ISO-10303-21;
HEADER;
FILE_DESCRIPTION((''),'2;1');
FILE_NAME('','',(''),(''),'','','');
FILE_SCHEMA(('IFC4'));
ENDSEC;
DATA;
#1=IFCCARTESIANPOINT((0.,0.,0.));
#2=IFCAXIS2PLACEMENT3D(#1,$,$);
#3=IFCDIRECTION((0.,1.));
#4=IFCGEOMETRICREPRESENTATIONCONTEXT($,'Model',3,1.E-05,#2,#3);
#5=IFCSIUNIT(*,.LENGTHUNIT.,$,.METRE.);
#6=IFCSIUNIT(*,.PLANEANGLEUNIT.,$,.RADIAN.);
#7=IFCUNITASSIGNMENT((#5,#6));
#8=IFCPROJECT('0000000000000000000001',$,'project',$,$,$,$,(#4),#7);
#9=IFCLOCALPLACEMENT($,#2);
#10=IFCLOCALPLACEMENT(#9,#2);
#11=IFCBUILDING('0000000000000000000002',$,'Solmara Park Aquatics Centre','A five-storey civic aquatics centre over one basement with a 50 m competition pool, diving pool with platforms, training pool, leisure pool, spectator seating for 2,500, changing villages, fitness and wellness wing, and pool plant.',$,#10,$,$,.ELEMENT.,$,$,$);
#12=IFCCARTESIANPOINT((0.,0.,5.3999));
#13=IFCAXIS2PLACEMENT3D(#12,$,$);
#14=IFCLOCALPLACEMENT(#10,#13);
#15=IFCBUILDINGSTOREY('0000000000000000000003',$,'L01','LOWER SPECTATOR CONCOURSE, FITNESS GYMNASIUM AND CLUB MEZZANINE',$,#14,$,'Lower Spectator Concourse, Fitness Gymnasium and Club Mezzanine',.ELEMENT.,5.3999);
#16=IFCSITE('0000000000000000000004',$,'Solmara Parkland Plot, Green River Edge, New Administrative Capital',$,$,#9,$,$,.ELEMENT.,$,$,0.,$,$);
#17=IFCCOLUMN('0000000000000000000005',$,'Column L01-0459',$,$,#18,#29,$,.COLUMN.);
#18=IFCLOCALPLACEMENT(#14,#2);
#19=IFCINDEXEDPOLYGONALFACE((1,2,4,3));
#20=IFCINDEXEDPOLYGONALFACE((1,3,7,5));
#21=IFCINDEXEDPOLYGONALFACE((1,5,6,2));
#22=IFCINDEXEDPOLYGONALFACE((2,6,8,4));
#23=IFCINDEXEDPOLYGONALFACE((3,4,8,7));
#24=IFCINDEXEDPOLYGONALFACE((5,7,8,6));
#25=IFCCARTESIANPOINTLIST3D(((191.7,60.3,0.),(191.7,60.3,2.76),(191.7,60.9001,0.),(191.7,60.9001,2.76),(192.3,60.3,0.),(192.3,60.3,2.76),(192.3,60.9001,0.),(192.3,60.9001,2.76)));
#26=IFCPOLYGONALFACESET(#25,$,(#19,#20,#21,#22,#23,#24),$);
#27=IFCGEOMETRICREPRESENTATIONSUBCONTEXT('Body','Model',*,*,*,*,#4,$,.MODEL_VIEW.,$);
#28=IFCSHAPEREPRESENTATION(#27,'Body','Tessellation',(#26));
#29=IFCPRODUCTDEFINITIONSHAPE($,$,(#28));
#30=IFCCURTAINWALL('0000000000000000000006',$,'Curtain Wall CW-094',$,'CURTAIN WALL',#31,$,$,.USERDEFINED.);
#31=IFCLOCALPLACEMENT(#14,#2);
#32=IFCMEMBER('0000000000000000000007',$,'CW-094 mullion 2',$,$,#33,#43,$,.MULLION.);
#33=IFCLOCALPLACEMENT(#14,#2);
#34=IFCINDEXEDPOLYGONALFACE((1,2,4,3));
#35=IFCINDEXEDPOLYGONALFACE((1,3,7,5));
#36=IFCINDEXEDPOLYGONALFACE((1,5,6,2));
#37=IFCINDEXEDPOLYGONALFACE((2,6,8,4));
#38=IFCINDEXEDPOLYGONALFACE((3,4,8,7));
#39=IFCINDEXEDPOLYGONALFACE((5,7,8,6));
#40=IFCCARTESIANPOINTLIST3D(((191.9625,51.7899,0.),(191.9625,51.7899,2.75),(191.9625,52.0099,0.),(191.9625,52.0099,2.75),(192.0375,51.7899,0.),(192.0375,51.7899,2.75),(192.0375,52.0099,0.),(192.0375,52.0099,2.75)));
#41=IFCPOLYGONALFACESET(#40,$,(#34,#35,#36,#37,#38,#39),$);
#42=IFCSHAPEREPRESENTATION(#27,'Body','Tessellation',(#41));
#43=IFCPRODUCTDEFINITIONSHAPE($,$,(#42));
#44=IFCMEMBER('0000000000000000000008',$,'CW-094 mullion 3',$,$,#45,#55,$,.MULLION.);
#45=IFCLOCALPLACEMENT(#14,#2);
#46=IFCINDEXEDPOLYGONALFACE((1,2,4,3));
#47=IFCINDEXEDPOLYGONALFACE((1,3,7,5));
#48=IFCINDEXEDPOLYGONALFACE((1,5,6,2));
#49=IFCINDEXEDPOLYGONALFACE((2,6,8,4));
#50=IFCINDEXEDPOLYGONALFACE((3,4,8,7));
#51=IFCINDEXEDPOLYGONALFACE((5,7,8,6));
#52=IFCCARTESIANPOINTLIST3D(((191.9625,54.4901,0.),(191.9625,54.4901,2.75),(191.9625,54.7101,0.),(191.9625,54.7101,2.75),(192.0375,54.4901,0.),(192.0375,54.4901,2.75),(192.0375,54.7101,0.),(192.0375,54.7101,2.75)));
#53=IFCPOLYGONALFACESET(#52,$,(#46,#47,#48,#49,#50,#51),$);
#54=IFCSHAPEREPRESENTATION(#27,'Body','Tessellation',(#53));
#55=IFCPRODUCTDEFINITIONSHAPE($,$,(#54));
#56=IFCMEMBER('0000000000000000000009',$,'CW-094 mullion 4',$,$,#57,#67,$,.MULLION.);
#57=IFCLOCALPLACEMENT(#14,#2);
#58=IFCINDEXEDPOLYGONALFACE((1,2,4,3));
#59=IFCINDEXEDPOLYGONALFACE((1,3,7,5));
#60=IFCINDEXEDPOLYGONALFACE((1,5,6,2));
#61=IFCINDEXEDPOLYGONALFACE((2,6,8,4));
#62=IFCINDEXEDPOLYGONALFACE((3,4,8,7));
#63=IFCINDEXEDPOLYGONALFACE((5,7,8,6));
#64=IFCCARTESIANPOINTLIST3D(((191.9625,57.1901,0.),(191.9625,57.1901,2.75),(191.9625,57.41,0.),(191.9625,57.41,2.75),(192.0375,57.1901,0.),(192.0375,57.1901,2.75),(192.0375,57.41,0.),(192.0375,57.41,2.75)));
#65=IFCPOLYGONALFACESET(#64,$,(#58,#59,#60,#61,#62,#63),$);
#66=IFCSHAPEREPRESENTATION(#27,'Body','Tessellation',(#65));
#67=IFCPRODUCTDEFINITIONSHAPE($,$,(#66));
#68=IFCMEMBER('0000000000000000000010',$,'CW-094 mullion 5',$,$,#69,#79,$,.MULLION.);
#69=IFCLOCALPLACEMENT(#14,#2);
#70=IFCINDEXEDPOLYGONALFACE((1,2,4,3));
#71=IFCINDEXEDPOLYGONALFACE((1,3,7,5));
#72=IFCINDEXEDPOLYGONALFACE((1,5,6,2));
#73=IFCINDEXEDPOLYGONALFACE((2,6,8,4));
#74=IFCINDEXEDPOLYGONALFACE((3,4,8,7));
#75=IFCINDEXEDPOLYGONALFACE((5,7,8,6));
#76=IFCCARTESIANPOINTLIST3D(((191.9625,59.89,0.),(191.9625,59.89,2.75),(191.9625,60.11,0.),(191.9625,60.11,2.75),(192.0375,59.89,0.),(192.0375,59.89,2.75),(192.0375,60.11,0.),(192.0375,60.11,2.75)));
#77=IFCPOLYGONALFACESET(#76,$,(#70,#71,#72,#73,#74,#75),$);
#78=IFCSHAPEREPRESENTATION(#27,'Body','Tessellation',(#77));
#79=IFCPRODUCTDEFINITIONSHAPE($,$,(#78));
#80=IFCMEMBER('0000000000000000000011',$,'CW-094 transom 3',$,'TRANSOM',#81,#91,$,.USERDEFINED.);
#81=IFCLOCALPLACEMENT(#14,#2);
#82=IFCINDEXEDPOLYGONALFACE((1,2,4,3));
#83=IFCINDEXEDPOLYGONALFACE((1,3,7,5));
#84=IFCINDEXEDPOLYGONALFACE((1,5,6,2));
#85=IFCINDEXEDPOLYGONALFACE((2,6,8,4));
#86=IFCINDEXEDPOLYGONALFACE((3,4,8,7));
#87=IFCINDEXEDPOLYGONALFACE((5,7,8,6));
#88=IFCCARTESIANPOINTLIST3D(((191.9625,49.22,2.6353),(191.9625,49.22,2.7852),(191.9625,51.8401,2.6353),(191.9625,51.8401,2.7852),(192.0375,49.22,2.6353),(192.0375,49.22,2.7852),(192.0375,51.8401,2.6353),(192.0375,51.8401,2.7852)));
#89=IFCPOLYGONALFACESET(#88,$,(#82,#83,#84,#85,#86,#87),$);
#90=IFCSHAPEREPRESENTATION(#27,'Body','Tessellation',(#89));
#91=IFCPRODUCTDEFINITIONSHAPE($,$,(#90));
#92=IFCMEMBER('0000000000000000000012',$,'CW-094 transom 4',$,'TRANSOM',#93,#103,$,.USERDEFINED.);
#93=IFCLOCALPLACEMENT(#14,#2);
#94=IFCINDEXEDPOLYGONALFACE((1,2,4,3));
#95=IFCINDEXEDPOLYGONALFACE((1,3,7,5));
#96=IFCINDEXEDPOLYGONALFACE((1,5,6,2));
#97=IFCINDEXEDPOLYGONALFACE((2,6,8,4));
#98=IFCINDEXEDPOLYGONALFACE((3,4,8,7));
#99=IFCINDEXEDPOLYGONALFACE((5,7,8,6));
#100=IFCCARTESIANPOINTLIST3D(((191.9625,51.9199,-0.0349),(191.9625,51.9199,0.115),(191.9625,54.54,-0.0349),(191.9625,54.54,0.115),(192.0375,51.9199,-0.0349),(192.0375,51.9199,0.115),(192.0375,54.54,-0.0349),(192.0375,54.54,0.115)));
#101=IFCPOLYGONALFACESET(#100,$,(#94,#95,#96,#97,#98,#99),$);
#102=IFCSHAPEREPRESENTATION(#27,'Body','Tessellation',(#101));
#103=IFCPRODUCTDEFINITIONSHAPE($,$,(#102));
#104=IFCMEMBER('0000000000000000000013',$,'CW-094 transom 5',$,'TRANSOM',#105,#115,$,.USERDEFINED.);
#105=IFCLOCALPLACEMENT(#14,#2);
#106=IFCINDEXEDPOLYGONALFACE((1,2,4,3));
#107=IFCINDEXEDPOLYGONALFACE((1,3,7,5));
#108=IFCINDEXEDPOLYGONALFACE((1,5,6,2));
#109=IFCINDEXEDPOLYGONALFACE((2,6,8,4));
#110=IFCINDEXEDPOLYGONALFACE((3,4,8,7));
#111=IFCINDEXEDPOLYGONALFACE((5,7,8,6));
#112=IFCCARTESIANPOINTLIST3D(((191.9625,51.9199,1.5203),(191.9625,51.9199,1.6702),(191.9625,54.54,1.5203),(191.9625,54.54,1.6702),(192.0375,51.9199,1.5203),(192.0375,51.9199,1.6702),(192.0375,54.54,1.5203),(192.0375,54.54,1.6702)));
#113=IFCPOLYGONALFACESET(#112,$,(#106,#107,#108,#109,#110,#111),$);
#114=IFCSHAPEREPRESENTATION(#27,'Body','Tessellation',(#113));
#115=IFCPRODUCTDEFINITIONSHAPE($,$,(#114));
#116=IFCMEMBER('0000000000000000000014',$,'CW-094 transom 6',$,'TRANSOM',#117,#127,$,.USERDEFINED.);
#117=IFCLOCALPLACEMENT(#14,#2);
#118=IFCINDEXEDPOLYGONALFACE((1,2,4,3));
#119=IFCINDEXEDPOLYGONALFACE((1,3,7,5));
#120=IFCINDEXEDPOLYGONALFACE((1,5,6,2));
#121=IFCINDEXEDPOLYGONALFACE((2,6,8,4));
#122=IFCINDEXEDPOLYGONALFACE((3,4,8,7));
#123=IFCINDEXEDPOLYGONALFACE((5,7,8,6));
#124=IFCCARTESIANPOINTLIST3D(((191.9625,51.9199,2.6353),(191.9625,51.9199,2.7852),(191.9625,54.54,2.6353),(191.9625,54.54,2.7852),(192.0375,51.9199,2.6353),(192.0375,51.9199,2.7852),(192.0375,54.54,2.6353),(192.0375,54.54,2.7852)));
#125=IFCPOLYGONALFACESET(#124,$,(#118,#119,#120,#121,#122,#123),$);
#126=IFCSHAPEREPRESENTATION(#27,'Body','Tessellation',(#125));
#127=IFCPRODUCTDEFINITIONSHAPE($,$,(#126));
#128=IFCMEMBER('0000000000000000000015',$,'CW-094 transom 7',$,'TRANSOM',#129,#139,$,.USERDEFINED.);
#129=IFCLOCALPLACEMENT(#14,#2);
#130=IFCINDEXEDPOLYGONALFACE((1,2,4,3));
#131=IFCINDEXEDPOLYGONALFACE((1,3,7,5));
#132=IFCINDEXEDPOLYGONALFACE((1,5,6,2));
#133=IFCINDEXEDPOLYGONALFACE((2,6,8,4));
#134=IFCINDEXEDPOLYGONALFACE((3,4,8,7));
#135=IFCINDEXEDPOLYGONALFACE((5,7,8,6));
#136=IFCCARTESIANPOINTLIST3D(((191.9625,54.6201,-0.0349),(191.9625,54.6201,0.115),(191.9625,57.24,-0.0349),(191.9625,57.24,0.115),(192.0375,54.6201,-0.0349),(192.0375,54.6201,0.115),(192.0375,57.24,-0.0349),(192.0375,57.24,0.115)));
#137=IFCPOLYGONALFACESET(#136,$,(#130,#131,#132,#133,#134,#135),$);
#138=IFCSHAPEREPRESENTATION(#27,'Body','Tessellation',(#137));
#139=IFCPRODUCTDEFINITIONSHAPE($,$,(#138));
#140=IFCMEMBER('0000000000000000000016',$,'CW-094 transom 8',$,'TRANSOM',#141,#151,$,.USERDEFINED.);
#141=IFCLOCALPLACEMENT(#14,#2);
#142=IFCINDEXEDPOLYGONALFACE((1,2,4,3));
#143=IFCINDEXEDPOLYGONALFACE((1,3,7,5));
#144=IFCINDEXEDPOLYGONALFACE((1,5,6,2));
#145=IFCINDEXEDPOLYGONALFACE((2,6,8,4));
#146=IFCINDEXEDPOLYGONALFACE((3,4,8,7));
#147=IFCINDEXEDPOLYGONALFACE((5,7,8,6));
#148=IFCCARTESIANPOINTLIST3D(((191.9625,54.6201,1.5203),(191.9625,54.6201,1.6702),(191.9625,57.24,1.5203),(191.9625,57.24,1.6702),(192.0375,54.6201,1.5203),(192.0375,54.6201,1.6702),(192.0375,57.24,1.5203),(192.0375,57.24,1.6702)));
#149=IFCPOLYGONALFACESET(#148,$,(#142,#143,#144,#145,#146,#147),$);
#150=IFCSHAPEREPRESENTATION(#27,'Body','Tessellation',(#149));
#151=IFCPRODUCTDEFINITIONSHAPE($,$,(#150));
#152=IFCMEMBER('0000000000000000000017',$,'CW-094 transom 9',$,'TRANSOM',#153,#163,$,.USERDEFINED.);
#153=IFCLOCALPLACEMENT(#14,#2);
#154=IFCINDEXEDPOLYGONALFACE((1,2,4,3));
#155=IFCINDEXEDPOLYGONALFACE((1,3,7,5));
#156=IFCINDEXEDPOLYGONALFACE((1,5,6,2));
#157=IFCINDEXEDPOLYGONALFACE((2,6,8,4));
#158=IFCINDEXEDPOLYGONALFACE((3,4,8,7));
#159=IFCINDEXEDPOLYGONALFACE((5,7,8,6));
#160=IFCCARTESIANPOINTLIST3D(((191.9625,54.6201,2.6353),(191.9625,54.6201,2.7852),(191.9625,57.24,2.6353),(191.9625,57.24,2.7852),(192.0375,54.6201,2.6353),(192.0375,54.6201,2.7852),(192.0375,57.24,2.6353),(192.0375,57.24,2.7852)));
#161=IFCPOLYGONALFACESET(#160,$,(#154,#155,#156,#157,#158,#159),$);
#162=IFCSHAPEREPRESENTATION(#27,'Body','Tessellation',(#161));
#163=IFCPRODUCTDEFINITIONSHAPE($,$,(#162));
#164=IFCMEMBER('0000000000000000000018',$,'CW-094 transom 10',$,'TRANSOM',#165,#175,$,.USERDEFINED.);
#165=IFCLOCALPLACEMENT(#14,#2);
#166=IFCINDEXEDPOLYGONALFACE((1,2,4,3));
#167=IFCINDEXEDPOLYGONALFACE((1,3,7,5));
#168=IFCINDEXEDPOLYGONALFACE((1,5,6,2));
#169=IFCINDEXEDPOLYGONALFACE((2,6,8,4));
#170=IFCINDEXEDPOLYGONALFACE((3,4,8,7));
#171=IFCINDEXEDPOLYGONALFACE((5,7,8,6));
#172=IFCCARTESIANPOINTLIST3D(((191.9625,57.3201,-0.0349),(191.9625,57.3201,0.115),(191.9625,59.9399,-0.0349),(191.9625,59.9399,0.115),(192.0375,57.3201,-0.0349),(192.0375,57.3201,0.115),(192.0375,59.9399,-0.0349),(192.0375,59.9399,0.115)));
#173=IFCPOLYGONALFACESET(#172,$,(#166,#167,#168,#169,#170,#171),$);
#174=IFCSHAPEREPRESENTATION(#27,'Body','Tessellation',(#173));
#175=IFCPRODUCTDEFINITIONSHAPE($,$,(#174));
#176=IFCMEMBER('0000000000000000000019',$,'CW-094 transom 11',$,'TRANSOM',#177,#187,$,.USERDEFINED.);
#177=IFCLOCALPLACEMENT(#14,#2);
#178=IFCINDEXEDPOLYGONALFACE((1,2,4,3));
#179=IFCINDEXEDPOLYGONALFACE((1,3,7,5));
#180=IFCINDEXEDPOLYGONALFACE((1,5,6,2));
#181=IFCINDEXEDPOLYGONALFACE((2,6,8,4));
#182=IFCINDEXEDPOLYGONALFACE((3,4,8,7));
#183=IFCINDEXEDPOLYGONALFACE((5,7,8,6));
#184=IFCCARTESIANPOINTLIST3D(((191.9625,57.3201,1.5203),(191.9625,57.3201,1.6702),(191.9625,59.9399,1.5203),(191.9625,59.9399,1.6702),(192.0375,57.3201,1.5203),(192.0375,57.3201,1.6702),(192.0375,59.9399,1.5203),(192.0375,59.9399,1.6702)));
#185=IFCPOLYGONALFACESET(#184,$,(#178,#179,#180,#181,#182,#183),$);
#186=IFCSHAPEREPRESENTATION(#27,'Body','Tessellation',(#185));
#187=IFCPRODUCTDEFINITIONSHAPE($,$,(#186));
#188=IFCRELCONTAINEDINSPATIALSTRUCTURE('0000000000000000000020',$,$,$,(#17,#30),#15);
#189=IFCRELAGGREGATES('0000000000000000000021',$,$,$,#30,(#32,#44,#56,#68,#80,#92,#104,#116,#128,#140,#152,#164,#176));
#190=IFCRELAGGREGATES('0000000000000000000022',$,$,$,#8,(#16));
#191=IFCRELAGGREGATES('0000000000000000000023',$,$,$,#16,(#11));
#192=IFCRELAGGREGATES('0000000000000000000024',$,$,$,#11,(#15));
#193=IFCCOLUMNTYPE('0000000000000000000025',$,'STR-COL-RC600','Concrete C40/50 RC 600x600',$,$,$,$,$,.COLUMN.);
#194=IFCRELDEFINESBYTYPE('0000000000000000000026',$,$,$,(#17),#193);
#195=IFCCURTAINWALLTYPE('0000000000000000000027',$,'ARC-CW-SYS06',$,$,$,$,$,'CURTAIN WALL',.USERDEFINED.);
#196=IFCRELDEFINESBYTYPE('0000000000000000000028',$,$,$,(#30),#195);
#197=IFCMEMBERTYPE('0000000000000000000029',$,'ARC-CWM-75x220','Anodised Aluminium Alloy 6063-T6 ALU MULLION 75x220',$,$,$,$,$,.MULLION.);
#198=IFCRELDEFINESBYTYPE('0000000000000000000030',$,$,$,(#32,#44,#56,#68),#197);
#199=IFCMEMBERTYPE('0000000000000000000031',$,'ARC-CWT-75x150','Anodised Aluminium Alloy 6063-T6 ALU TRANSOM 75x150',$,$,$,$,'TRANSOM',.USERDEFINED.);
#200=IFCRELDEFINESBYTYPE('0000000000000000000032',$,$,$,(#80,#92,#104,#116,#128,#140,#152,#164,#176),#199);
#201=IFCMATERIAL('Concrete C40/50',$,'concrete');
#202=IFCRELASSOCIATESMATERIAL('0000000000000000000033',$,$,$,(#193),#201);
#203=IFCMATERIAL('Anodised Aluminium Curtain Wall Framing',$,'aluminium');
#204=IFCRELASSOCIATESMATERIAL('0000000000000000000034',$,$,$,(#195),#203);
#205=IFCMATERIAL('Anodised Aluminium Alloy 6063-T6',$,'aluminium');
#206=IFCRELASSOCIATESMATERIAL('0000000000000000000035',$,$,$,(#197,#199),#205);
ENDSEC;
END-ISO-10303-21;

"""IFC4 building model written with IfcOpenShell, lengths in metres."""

from ifc_helpers import new_model, si_unit, direction, frame, origin, origin_2d, place, context, subcontext, project, spatial, rectangle, extrude, material, material_profile, profile_set, type_object, element, aggregate, save


model = new_model("IFC4")

# Units and contexts
model_context = context("Model", 3, precision=1e-05, world=origin(), true_north=direction((0.0, 1.0)))
body_context = subcontext(model_context, "Body", "Model", "MODEL_VIEW")
ifc_project = project(units=[si_unit("LENGTHUNIT", "METRE"), si_unit("PLANEANGLEUNIT", "RADIAN")], contexts=[model_context])

# Site, building, storey
site_placement = place(None, origin())
site = spatial("IfcSite", under=ifc_project, at=site_placement, Name="Solmara Parkland Plot, Green River Edge, New Administrative Capital", CompositionType="ELEMENT", RefElevation=0.0)
building_placement = place(site_placement, origin())
building = spatial("IfcBuilding", under=site, at=building_placement, Name="Solmara Park Aquatics Centre", Description="A five-storey civic aquatics centre over one basement with a 50 m competition pool, diving pool with platforms, training pool, leisure pool, spectator seating for 2,500, changing villages, fitness and wellness wing, and pool plant.", CompositionType="ELEMENT")
storey_placement = place(building_placement, frame((0.0, 0.0, 5.3999)))
storey = spatial("IfcBuildingStorey", under=building, at=storey_placement, Name="L01", Description="LOWER SPECTATOR CONCOURSE, FITNESS GYMNASIUM AND CLUB MEZZANINE", LongName="Lower Spectator Concourse, Fitness Gymnasium and Club Mezzanine", CompositionType="ELEMENT", Elevation=5.3999)

# Column
ifc_material_1 = material(Name="Concrete C40/50", Category="concrete")
ifc_material_profile_1 = material_profile(ifc_material_1, rectangle(XDim=0.6001, YDim=0.6001, at=origin_2d()), Name="RC 600x600")
ifc_profile_set_1 = profile_set([ifc_material_profile_1], Name="Concrete C40/50")
column_type = type_object("IfcColumnType", Name="STR-COL-RC600", Description="Concrete C40/50 RC 600x600", PredefinedType="COLUMN", material=ifc_profile_set_1)
column_placement = place(storey_placement, frame((192.0, 60.6001, 0.0), z_axis=(0.0, 0.0, 1.0), x_axis=(1.0, 0.0, 0.0)))
element("IfcColumn", 1, at=column_placement, inside=storey, type_object=column_type, Name="Column L01-0459", PredefinedType="COLUMN", context=body_context, shape_type="SweptSolid", body=[
    extrude(rectangle(XDim=0.6001, YDim=0.6001, at=origin_2d()), origin(), (0.0, 0.0, 1.0), 2.76),
])

# Curtain wall, members
ifc_material_2 = material(Name="Anodised Aluminium Curtain Wall Framing", Category="aluminium")
curtain_wall_type = type_object("IfcCurtainWallType", Name="ARC-CW-SYS06", ElementType="CURTAIN WALL", PredefinedType="USERDEFINED", material=ifc_material_2)
curtain_wall_placement = place(storey_placement, origin())
curtain_wall = element("IfcCurtainWall", 2, at=curtain_wall_placement, inside=storey, type_object=curtain_wall_type, Name="Curtain Wall CW-094", ObjectType="CURTAIN WALL", PredefinedType="USERDEFINED")
ifc_material_3 = material(Name="Anodised Aluminium Alloy 6063-T6", Category="aluminium")
ifc_material_profile_2 = material_profile(ifc_material_3, rectangle(XDim=0.075, YDim=0.22, at=origin_2d()), Name="ALU MULLION 75x220")
ifc_profile_set_2 = profile_set([ifc_material_profile_2], Name="Anodised Aluminium Alloy 6063-T6")
member_type_1 = type_object("IfcMemberType", Name="ARC-CWM-75x220", Description="Anodised Aluminium Alloy 6063-T6 ALU MULLION 75x220", PredefinedType="MULLION", material=ifc_profile_set_2)
member_1_placement = place(storey_placement, frame((192.0, 51.8999, 0.0), z_axis=(0.0, 0.0, 1.0), x_axis=(1.0, 0.0, 0.0)))
member_1 = element("IfcMember", 3, at=member_1_placement, type_object=member_type_1, Name="CW-094 mullion 2", PredefinedType="MULLION", context=body_context, shape_type="SweptSolid", body=[
    extrude(rectangle(XDim=0.075, YDim=0.22, at=origin_2d()), origin(), (0.0, 0.0, 1.0), 2.75),
])
member_2_placement = place(storey_placement, frame((192.0, 54.6001, 0.0), z_axis=(0.0, 0.0, 1.0), x_axis=(1.0, 0.0, 0.0)))
member_2 = element("IfcMember", 4, at=member_2_placement, type_object=member_type_1, Name="CW-094 mullion 3", PredefinedType="MULLION", context=body_context, shape_type="SweptSolid", body=[
    extrude(rectangle(XDim=0.075, YDim=0.22, at=origin_2d()), origin(), (0.0, 0.0, 1.0), 2.75),
])
member_3_placement = place(storey_placement, frame((192.0, 57.3, 0.0), z_axis=(0.0, 0.0, 1.0), x_axis=(1.0, 0.0, 0.0)))
member_3 = element("IfcMember", 5, at=member_3_placement, type_object=member_type_1, Name="CW-094 mullion 4", PredefinedType="MULLION", context=body_context, shape_type="SweptSolid", body=[
    extrude(rectangle(XDim=0.075, YDim=0.22, at=origin_2d()), origin(), (0.0, 0.0, 1.0), 2.75),
])
member_4_placement = place(storey_placement, frame((192.0, 60.0, 0.0), z_axis=(0.0, 0.0, 1.0), x_axis=(1.0, 0.0, 0.0)))
member_4 = element("IfcMember", 6, at=member_4_placement, type_object=member_type_1, Name="CW-094 mullion 5", PredefinedType="MULLION", context=body_context, shape_type="SweptSolid", body=[
    extrude(rectangle(XDim=0.075, YDim=0.22, at=origin_2d()), origin(), (0.0, 0.0, 1.0), 2.75),
])
ifc_material_profile_3 = material_profile(ifc_material_3, rectangle(XDim=0.075, YDim=0.1499, at=origin_2d()), Name="ALU TRANSOM 75x150")
ifc_profile_set_3 = profile_set([ifc_material_profile_3], Name="Anodised Aluminium Alloy 6063-T6")
member_type_2 = type_object("IfcMemberType", Name="ARC-CWT-75x150", Description="Anodised Aluminium Alloy 6063-T6 ALU TRANSOM 75x150", ElementType="TRANSOM", PredefinedType="USERDEFINED", material=ifc_profile_set_3)
member_5_placement = place(storey_placement, frame((192.0, 49.22, 2.7102), z_axis=(0.0, 1.0, 0.0), x_axis=(-1.0, 0.0, 0.0)))
member_5 = element("IfcMember", 7, at=member_5_placement, type_object=member_type_2, Name="CW-094 transom 3", ObjectType="TRANSOM", PredefinedType="USERDEFINED", context=body_context, shape_type="SweptSolid", body=[
    extrude(rectangle(XDim=0.075, YDim=0.1499, at=origin_2d()), origin(), (0.0, 0.0, 1.0), 2.6201),
])
member_6_placement = place(storey_placement, frame((192.0, 51.9199, 0.04), z_axis=(0.0, 1.0, 0.0), x_axis=(-1.0, 0.0, 0.0)))
member_6 = element("IfcMember", 8, at=member_6_placement, type_object=member_type_2, Name="CW-094 transom 4", ObjectType="TRANSOM", PredefinedType="USERDEFINED", context=body_context, shape_type="SweptSolid", body=[
    extrude(rectangle(XDim=0.075, YDim=0.1499, at=origin_2d()), origin(), (0.0, 0.0, 1.0), 2.6201),
])
member_7_placement = place(storey_placement, frame((192.0, 51.9199, 1.5952), z_axis=(0.0, 1.0, 0.0), x_axis=(-1.0, 0.0, 0.0)))
member_7 = element("IfcMember", 9, at=member_7_placement, type_object=member_type_2, Name="CW-094 transom 5", ObjectType="TRANSOM", PredefinedType="USERDEFINED", context=body_context, shape_type="SweptSolid", body=[
    extrude(rectangle(XDim=0.075, YDim=0.1499, at=origin_2d()), origin(), (0.0, 0.0, 1.0), 2.6201),
])
member_8_placement = place(storey_placement, frame((192.0, 51.9199, 2.7102), z_axis=(0.0, 1.0, 0.0), x_axis=(-1.0, 0.0, 0.0)))
member_8 = element("IfcMember", 10, at=member_8_placement, type_object=member_type_2, Name="CW-094 transom 6", ObjectType="TRANSOM", PredefinedType="USERDEFINED", context=body_context, shape_type="SweptSolid", body=[
    extrude(rectangle(XDim=0.075, YDim=0.1499, at=origin_2d()), origin(), (0.0, 0.0, 1.0), 2.6201),
])
member_9_placement = place(storey_placement, frame((192.0, 54.6201, 0.04), z_axis=(0.0, 1.0, 0.0), x_axis=(-1.0, 0.0, 0.0)))
member_9 = element("IfcMember", 11, at=member_9_placement, type_object=member_type_2, Name="CW-094 transom 7", ObjectType="TRANSOM", PredefinedType="USERDEFINED", context=body_context, shape_type="SweptSolid", body=[
    extrude(rectangle(XDim=0.075, YDim=0.1499, at=origin_2d()), origin(), (0.0, 0.0, 1.0), 2.6199),
])
member_10_placement = place(storey_placement, frame((192.0, 54.6201, 1.5952), z_axis=(0.0, 1.0, 0.0), x_axis=(-1.0, 0.0, 0.0)))
member_10 = element("IfcMember", 12, at=member_10_placement, type_object=member_type_2, Name="CW-094 transom 8", ObjectType="TRANSOM", PredefinedType="USERDEFINED", context=body_context, shape_type="SweptSolid", body=[
    extrude(rectangle(XDim=0.075, YDim=0.1499, at=origin_2d()), origin(), (0.0, 0.0, 1.0), 2.6199),
])
member_11_placement = place(storey_placement, frame((192.0, 54.6201, 2.7102), z_axis=(0.0, 1.0, 0.0), x_axis=(-1.0, 0.0, 0.0)))
member_11 = element("IfcMember", 13, at=member_11_placement, type_object=member_type_2, Name="CW-094 transom 9", ObjectType="TRANSOM", PredefinedType="USERDEFINED", context=body_context, shape_type="SweptSolid", body=[
    extrude(rectangle(XDim=0.075, YDim=0.1499, at=origin_2d()), origin(), (0.0, 0.0, 1.0), 2.6199),
])
member_12_placement = place(storey_placement, frame((192.0, 57.3201, 0.04), z_axis=(0.0, 1.0, 0.0), x_axis=(-1.0, 0.0, 0.0)))
member_12 = element("IfcMember", 14, at=member_12_placement, type_object=member_type_2, Name="CW-094 transom 10", ObjectType="TRANSOM", PredefinedType="USERDEFINED", context=body_context, shape_type="SweptSolid", body=[
    extrude(rectangle(XDim=0.075, YDim=0.1499, at=origin_2d()), origin(), (0.0, 0.0, 1.0), 2.6199),
])
member_13_placement = place(storey_placement, frame((192.0, 57.3201, 1.5952), z_axis=(0.0, 1.0, 0.0), x_axis=(-1.0, 0.0, 0.0)))
member_13 = element("IfcMember", 15, at=member_13_placement, type_object=member_type_2, Name="CW-094 transom 11", ObjectType="TRANSOM", PredefinedType="USERDEFINED", context=body_context, shape_type="SweptSolid", body=[
    extrude(rectangle(XDim=0.075, YDim=0.1499, at=origin_2d()), origin(), (0.0, 0.0, 1.0), 2.6199),
])

aggregate(curtain_wall, [member_1, member_2, member_3, member_4, member_5, member_6, member_7, member_8, member_9, member_10, member_11, member_12, member_13])

save(model, "model.ifc")
